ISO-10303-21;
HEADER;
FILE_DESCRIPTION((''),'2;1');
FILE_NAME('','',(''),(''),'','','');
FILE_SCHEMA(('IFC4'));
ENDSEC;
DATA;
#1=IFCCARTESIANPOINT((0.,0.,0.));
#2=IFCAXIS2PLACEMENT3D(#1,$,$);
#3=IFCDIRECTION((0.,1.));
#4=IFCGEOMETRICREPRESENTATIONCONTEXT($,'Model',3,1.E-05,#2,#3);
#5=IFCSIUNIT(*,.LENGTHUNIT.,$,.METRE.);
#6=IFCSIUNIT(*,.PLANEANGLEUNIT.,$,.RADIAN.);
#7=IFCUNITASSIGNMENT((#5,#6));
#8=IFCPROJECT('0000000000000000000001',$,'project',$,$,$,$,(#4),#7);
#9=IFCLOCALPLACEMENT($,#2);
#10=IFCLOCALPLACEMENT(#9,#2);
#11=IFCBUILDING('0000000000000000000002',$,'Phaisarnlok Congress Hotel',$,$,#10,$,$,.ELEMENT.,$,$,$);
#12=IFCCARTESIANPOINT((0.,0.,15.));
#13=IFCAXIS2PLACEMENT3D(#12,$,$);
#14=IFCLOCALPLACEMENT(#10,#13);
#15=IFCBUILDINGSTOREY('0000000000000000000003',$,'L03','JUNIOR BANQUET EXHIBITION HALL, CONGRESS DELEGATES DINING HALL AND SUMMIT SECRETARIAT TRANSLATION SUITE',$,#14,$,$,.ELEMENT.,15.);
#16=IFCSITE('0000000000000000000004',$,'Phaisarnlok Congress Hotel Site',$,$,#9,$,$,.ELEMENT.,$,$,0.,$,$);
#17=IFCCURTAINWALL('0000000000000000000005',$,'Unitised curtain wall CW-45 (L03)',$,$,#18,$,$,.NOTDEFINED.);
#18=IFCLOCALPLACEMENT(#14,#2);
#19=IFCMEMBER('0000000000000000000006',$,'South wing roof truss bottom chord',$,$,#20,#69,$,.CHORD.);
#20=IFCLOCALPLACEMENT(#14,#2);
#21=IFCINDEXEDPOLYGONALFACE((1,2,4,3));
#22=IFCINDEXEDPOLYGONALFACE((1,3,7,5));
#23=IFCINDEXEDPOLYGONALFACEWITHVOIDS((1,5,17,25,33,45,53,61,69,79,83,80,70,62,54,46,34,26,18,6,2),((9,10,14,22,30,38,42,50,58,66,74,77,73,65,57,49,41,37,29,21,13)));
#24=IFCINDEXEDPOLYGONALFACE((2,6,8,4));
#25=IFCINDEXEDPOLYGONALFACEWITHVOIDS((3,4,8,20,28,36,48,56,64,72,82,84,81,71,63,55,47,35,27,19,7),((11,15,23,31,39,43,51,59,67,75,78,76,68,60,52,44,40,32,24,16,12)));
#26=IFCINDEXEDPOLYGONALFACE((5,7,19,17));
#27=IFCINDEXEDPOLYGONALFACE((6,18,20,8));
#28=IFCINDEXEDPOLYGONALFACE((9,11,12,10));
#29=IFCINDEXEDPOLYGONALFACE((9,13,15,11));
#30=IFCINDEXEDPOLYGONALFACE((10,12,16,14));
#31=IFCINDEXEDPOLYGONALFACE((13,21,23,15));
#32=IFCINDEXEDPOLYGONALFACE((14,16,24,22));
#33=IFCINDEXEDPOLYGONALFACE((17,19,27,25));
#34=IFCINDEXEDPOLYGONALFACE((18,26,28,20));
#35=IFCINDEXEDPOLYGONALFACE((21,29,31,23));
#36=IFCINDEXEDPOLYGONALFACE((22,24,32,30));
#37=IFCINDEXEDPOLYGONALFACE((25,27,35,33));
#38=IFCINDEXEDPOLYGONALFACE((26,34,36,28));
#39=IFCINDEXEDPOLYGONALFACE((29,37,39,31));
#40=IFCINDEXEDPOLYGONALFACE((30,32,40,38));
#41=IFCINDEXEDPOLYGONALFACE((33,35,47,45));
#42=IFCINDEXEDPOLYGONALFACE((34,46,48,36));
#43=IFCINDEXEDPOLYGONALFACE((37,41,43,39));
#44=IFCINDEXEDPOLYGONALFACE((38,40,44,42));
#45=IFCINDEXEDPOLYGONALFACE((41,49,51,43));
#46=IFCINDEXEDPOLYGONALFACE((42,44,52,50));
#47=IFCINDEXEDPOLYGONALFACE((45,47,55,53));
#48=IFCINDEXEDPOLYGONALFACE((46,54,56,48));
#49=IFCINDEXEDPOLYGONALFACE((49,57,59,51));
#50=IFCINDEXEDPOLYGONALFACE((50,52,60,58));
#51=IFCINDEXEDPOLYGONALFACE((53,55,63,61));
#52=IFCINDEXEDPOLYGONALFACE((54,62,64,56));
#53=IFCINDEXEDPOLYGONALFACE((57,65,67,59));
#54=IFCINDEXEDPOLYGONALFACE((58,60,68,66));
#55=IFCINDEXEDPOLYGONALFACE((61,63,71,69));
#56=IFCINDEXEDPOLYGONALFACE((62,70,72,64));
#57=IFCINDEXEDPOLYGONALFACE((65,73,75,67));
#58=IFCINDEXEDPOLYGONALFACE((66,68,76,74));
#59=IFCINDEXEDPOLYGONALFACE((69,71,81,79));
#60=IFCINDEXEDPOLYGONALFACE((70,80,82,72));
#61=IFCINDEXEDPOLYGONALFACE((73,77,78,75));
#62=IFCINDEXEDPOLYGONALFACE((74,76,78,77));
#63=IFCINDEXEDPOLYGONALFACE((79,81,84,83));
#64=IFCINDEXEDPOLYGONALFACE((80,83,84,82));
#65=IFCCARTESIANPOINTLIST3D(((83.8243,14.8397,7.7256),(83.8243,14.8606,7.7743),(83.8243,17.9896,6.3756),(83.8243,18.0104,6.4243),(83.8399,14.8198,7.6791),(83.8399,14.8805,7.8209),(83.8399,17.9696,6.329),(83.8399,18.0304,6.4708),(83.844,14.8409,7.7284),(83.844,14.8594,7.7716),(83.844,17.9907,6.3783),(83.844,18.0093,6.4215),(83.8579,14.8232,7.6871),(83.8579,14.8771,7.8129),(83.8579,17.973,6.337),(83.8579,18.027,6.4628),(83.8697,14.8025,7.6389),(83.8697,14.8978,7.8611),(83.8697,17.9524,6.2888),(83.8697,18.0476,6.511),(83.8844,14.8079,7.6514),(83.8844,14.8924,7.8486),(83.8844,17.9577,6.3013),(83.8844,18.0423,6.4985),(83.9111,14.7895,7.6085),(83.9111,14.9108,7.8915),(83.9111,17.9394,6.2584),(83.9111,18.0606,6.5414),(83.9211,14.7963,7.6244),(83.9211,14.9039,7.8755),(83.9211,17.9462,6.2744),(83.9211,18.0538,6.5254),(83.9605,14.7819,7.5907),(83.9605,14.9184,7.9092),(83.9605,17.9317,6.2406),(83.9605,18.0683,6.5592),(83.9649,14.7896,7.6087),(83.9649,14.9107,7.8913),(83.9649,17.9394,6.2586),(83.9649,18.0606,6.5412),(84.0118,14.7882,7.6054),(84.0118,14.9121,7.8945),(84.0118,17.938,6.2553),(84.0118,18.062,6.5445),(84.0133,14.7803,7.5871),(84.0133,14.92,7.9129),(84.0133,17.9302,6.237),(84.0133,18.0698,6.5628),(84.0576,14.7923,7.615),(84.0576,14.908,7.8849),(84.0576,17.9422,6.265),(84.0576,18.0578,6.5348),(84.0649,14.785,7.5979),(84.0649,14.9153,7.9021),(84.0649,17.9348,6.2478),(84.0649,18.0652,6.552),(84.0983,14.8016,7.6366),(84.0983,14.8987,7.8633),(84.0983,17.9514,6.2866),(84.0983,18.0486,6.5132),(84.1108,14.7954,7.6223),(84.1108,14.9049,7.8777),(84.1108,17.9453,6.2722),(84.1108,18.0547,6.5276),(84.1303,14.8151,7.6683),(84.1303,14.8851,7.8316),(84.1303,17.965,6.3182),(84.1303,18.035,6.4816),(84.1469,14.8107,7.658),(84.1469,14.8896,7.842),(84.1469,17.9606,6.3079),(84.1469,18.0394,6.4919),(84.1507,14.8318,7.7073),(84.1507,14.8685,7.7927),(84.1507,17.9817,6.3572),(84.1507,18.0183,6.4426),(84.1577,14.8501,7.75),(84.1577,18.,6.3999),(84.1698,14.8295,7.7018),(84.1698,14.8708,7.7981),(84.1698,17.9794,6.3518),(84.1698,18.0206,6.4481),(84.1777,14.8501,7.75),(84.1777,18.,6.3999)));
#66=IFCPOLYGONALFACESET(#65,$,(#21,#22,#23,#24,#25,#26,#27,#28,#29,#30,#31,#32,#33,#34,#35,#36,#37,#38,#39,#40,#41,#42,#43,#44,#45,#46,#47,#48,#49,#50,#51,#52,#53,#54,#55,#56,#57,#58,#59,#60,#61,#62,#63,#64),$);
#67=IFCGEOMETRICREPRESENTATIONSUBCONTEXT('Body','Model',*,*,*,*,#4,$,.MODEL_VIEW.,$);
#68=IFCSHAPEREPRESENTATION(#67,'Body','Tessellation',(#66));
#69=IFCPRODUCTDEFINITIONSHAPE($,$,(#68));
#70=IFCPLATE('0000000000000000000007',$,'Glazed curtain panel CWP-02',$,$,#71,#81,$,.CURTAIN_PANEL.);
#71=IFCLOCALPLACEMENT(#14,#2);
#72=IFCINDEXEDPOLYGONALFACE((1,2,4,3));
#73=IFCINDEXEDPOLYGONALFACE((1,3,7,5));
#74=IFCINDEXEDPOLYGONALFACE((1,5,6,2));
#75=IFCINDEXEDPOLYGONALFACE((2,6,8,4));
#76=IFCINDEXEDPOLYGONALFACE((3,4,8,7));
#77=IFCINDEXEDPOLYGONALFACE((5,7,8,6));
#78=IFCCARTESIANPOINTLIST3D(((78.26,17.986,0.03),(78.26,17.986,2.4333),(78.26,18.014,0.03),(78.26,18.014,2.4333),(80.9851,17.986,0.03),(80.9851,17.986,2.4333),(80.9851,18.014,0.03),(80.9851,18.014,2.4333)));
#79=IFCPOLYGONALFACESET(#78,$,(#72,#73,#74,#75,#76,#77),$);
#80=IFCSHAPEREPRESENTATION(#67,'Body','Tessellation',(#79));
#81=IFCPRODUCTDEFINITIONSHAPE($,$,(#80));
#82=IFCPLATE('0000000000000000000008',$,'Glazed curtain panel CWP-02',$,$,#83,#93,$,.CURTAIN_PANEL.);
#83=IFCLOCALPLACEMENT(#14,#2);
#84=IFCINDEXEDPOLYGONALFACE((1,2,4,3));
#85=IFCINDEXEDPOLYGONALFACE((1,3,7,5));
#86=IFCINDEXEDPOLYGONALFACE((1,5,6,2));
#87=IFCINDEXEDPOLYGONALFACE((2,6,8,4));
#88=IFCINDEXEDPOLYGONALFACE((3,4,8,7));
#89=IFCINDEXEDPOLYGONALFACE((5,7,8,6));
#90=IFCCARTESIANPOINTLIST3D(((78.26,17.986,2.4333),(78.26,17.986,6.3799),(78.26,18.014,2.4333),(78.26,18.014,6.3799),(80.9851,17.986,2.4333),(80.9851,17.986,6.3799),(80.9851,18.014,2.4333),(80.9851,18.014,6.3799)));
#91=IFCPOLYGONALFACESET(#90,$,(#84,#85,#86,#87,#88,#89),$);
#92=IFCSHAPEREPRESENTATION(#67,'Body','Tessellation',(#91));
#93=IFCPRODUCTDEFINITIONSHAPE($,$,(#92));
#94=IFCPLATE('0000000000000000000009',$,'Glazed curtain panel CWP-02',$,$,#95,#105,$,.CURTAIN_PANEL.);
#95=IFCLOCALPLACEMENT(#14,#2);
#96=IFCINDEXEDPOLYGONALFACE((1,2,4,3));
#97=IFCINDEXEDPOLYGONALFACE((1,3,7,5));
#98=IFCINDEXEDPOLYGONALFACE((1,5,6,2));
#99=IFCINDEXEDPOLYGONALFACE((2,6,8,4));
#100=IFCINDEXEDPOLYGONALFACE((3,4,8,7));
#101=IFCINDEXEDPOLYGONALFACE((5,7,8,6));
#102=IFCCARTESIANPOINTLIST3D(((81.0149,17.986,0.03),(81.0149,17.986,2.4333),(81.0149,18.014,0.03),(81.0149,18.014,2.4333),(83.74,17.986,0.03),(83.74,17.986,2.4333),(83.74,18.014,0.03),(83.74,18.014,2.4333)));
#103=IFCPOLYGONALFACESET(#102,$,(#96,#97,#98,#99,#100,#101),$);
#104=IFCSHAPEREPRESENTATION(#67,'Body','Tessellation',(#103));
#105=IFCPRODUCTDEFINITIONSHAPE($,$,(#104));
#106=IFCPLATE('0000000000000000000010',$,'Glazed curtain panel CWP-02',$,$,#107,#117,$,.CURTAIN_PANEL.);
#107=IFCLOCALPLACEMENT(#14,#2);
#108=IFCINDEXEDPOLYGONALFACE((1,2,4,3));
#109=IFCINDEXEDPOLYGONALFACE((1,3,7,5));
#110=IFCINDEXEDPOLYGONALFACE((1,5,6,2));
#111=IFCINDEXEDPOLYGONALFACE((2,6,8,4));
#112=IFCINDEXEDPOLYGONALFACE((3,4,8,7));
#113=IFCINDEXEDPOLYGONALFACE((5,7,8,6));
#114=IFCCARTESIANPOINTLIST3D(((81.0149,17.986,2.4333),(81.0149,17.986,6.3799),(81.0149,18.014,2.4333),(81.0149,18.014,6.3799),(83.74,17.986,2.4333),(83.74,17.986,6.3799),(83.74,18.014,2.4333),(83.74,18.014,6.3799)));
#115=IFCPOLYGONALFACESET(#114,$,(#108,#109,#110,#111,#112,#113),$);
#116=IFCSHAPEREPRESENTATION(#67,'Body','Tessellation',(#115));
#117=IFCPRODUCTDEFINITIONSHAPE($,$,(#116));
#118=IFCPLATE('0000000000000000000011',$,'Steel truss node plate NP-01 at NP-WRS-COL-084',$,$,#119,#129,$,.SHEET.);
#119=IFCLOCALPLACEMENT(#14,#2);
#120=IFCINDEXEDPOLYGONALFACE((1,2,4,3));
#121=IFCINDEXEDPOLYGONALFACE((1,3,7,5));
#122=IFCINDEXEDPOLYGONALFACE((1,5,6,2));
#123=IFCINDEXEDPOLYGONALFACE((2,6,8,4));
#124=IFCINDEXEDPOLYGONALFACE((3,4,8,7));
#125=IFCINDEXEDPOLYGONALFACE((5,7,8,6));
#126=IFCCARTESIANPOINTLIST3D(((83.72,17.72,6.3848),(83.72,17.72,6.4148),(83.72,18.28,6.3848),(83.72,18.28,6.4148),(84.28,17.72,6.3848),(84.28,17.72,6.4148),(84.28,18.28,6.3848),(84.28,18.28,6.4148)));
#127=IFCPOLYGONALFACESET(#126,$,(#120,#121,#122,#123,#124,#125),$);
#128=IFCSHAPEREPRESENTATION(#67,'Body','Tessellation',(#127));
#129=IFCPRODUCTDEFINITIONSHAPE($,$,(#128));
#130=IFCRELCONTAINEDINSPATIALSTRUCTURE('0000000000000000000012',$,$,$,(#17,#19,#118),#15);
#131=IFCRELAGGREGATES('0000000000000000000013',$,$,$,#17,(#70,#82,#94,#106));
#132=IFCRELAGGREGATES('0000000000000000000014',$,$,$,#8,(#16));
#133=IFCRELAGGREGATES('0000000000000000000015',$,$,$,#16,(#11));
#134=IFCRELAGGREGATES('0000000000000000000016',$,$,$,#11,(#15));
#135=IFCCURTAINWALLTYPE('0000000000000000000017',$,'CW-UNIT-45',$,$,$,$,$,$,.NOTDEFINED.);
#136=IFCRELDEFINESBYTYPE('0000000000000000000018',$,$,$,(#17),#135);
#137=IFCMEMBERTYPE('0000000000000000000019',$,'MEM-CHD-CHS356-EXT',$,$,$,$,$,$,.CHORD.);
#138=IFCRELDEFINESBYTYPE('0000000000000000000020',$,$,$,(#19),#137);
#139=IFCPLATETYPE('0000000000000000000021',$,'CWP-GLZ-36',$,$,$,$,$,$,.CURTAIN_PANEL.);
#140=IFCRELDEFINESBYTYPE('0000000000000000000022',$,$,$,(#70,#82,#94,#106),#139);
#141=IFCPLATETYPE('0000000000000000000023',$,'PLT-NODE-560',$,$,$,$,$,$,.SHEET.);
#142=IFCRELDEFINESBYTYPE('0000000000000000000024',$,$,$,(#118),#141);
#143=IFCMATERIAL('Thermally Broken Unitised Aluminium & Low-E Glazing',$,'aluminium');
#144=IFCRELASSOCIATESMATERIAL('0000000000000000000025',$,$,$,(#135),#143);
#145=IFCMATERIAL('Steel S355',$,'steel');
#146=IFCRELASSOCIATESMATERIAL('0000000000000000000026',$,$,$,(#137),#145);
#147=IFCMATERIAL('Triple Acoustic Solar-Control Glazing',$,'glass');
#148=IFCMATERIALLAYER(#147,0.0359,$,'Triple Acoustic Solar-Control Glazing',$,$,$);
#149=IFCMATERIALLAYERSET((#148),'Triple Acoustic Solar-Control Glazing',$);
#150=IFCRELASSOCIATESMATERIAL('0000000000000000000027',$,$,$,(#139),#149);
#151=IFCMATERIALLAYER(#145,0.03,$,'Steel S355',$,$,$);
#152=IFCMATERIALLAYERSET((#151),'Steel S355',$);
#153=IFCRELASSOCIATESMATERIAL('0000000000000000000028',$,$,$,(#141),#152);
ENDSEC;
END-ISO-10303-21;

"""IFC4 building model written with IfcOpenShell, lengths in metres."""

from ifc_helpers import new_model, si_unit, direction, frame, frame_2d, origin, origin_2d, place, context, subcontext, project, spatial, rectangle, hollow_circle, extrude, material, layer, layer_set, material_profile, profile_set, type_object, element, aggregate, save


model = new_model("IFC4")

# Units and contexts
model_context = context("Model", 3, precision=1e-05, world=origin(), true_north=direction((0.0, 1.0)))
body_context = subcontext(model_context, "Body", "Model", "MODEL_VIEW")
ifc_project = project(units=[si_unit("LENGTHUNIT", "METRE"), si_unit("PLANEANGLEUNIT", "RADIAN")], contexts=[model_context])

# Site, building, storey
site_placement = place(None, origin())
site = spatial("IfcSite", under=ifc_project, at=site_placement, Name="Phaisarnlok Congress Hotel Site", CompositionType="ELEMENT", RefElevation=0.0)
building_placement = place(site_placement, origin())
building = spatial("IfcBuilding", under=site, at=building_placement, Name="Phaisarnlok Congress Hotel", CompositionType="ELEMENT")
storey_placement = place(building_placement, frame((0.0, 0.0, 15.0)))
storey = spatial("IfcBuildingStorey", under=building, at=storey_placement, Name="L03", Description="JUNIOR BANQUET EXHIBITION HALL, CONGRESS DELEGATES DINING HALL AND SUMMIT SECRETARIAT TRANSLATION SUITE", CompositionType="ELEMENT", Elevation=15.0)

# Shared definitions
ifc_material_1 = material(Name="Steel S355", Category="steel")

# Curtain wall
ifc_material_2 = material(Name="Thermally Broken Unitised Aluminium & Low-E Glazing", Category="aluminium")
curtain_wall_type = type_object("IfcCurtainWallType", Name="CW-UNIT-45", PredefinedType="NOTDEFINED", material=ifc_material_2)
curtain_wall_placement = place(storey_placement, origin())
curtain_wall = element("IfcCurtainWall", 1, at=curtain_wall_placement, inside=storey, type_object=curtain_wall_type, Name="Unitised curtain wall CW-45 (L03)", PredefinedType="NOTDEFINED")

# Member
ifc_material_profile_1 = material_profile(ifc_material_1, hollow_circle(Radius=0.1777, WallThickness=0.02, at=origin_2d()), Name="CHS 355.6x20")
ifc_profile_set_1 = profile_set([ifc_material_profile_1], Name="Steel S355")
member_type_1 = type_object("IfcMemberType", Name="MEM-CHD-CHS356-EXT", PredefinedType="CHORD", material=ifc_profile_set_1)
for number, where, z_axis, x_axis, name in (
    (2, (84.0, 18.0, 6.3999), (0.0, -0.91913, 0.393954), (1.0, 0.0, 0.0), "South wing roof truss bottom chord"),
):
    element("IfcMember", number, at=place(storey_placement, frame(where, z_axis=z_axis, x_axis=x_axis)), inside=storey, type_object=member_type_1, Name=name, PredefinedType="CHORD", context=body_context, shape_type="SweptSolid", body=[
        extrude(hollow_circle(Radius=0.1777, WallThickness=0.02, at=origin_2d()), origin(), (0.0, 0.0, 1.0), 3.427),
    ])

# Plates
ifc_material_3 = material(Name="Triple Acoustic Solar-Control Glazing", Category="glass")
ifc_layer_1 = layer(ifc_material_3, 0.0359, Name="Triple Acoustic Solar-Control Glazing")
ifc_layer_set_1 = layer_set([ifc_layer_1], Name="Triple Acoustic Solar-Control Glazing")
plate_type_1 = type_object("IfcPlateType", Name="CWP-GLZ-36", PredefinedType="CURTAIN_PANEL", material=ifc_layer_set_1)
plate_1_placement = place(storey_placement, frame((78.26, 18.0, 0.03), z_axis=(0.0, 0.0, 1.0), x_axis=(1.0, 0.0, 0.0)))
plate_1 = element("IfcPlate", 3, at=plate_1_placement, type_object=plate_type_1, Name="Glazed curtain panel CWP-02", PredefinedType="CURTAIN_PANEL", context=body_context, shape_type="SweptSolid", body=[
    extrude(rectangle(XDim=2.7251, YDim=0.0281, at=frame_2d((1.3625, 0.0))), origin(), (0.0, 0.0, 1.0), 2.4033),
])
plate_2_placement = place(storey_placement, frame((78.26, 18.0, 2.4333), z_axis=(0.0, 0.0, 1.0), x_axis=(1.0, 0.0, 0.0)))
plate_2 = element("IfcPlate", 4, at=plate_2_placement, type_object=plate_type_1, Name="Glazed curtain panel CWP-02", PredefinedType="CURTAIN_PANEL", context=body_context, shape_type="SweptSolid", body=[
    extrude(rectangle(XDim=2.7251, YDim=0.0281, at=frame_2d((1.3625, 0.0))), origin(), (0.0, 0.0, 1.0), 3.9465),
])
plate_3_placement = place(storey_placement, frame((81.0149, 18.0, 0.03), z_axis=(0.0, 0.0, 1.0), x_axis=(1.0, 0.0, 0.0)))
plate_3 = element("IfcPlate", 5, at=plate_3_placement, type_object=plate_type_1, Name="Glazed curtain panel CWP-02", PredefinedType="CURTAIN_PANEL", context=body_context, shape_type="SweptSolid", body=[
    extrude(rectangle(XDim=2.7251, YDim=0.0281, at=frame_2d((1.3625, 0.0))), origin(), (0.0, 0.0, 1.0), 2.4033),
])
plate_4_placement = place(storey_placement, frame((81.0149, 18.0, 2.4333), z_axis=(0.0, 0.0, 1.0), x_axis=(1.0, 0.0, 0.0)))
plate_4 = element("IfcPlate", 6, at=plate_4_placement, type_object=plate_type_1, Name="Glazed curtain panel CWP-02", PredefinedType="CURTAIN_PANEL", context=body_context, shape_type="SweptSolid", body=[
    extrude(rectangle(XDim=2.7251, YDim=0.0281, at=frame_2d((1.3625, 0.0))), origin(), (0.0, 0.0, 1.0), 3.9465),
])
aggregate(curtain_wall, [plate_1, plate_2, plate_3, plate_4])
ifc_layer_2 = layer(ifc_material_1, 0.03, Name="Steel S355")
ifc_layer_set_2 = layer_set([ifc_layer_2], Name="Steel S355")
plate_type_2 = type_object("IfcPlateType", Name="PLT-NODE-560", PredefinedType="SHEET", material=ifc_layer_set_2)
plate_5_placement = place(storey_placement, frame((84.0, 18.0, 6.3848), z_axis=(0.0, 0.0, 1.0), x_axis=(1.0, 0.0, 0.0)))
element("IfcPlate", 7, at=plate_5_placement, inside=storey, type_object=plate_type_2, Name="Steel truss node plate NP-01 at NP-WRS-COL-084", PredefinedType="SHEET", context=body_context, shape_type="SweptSolid", body=[
    extrude(rectangle(XDim=0.5601, YDim=0.5601, at=origin_2d()), origin(), (0.0, 0.0, 1.0), 0.03),
])

save(model, "model.ifc")
